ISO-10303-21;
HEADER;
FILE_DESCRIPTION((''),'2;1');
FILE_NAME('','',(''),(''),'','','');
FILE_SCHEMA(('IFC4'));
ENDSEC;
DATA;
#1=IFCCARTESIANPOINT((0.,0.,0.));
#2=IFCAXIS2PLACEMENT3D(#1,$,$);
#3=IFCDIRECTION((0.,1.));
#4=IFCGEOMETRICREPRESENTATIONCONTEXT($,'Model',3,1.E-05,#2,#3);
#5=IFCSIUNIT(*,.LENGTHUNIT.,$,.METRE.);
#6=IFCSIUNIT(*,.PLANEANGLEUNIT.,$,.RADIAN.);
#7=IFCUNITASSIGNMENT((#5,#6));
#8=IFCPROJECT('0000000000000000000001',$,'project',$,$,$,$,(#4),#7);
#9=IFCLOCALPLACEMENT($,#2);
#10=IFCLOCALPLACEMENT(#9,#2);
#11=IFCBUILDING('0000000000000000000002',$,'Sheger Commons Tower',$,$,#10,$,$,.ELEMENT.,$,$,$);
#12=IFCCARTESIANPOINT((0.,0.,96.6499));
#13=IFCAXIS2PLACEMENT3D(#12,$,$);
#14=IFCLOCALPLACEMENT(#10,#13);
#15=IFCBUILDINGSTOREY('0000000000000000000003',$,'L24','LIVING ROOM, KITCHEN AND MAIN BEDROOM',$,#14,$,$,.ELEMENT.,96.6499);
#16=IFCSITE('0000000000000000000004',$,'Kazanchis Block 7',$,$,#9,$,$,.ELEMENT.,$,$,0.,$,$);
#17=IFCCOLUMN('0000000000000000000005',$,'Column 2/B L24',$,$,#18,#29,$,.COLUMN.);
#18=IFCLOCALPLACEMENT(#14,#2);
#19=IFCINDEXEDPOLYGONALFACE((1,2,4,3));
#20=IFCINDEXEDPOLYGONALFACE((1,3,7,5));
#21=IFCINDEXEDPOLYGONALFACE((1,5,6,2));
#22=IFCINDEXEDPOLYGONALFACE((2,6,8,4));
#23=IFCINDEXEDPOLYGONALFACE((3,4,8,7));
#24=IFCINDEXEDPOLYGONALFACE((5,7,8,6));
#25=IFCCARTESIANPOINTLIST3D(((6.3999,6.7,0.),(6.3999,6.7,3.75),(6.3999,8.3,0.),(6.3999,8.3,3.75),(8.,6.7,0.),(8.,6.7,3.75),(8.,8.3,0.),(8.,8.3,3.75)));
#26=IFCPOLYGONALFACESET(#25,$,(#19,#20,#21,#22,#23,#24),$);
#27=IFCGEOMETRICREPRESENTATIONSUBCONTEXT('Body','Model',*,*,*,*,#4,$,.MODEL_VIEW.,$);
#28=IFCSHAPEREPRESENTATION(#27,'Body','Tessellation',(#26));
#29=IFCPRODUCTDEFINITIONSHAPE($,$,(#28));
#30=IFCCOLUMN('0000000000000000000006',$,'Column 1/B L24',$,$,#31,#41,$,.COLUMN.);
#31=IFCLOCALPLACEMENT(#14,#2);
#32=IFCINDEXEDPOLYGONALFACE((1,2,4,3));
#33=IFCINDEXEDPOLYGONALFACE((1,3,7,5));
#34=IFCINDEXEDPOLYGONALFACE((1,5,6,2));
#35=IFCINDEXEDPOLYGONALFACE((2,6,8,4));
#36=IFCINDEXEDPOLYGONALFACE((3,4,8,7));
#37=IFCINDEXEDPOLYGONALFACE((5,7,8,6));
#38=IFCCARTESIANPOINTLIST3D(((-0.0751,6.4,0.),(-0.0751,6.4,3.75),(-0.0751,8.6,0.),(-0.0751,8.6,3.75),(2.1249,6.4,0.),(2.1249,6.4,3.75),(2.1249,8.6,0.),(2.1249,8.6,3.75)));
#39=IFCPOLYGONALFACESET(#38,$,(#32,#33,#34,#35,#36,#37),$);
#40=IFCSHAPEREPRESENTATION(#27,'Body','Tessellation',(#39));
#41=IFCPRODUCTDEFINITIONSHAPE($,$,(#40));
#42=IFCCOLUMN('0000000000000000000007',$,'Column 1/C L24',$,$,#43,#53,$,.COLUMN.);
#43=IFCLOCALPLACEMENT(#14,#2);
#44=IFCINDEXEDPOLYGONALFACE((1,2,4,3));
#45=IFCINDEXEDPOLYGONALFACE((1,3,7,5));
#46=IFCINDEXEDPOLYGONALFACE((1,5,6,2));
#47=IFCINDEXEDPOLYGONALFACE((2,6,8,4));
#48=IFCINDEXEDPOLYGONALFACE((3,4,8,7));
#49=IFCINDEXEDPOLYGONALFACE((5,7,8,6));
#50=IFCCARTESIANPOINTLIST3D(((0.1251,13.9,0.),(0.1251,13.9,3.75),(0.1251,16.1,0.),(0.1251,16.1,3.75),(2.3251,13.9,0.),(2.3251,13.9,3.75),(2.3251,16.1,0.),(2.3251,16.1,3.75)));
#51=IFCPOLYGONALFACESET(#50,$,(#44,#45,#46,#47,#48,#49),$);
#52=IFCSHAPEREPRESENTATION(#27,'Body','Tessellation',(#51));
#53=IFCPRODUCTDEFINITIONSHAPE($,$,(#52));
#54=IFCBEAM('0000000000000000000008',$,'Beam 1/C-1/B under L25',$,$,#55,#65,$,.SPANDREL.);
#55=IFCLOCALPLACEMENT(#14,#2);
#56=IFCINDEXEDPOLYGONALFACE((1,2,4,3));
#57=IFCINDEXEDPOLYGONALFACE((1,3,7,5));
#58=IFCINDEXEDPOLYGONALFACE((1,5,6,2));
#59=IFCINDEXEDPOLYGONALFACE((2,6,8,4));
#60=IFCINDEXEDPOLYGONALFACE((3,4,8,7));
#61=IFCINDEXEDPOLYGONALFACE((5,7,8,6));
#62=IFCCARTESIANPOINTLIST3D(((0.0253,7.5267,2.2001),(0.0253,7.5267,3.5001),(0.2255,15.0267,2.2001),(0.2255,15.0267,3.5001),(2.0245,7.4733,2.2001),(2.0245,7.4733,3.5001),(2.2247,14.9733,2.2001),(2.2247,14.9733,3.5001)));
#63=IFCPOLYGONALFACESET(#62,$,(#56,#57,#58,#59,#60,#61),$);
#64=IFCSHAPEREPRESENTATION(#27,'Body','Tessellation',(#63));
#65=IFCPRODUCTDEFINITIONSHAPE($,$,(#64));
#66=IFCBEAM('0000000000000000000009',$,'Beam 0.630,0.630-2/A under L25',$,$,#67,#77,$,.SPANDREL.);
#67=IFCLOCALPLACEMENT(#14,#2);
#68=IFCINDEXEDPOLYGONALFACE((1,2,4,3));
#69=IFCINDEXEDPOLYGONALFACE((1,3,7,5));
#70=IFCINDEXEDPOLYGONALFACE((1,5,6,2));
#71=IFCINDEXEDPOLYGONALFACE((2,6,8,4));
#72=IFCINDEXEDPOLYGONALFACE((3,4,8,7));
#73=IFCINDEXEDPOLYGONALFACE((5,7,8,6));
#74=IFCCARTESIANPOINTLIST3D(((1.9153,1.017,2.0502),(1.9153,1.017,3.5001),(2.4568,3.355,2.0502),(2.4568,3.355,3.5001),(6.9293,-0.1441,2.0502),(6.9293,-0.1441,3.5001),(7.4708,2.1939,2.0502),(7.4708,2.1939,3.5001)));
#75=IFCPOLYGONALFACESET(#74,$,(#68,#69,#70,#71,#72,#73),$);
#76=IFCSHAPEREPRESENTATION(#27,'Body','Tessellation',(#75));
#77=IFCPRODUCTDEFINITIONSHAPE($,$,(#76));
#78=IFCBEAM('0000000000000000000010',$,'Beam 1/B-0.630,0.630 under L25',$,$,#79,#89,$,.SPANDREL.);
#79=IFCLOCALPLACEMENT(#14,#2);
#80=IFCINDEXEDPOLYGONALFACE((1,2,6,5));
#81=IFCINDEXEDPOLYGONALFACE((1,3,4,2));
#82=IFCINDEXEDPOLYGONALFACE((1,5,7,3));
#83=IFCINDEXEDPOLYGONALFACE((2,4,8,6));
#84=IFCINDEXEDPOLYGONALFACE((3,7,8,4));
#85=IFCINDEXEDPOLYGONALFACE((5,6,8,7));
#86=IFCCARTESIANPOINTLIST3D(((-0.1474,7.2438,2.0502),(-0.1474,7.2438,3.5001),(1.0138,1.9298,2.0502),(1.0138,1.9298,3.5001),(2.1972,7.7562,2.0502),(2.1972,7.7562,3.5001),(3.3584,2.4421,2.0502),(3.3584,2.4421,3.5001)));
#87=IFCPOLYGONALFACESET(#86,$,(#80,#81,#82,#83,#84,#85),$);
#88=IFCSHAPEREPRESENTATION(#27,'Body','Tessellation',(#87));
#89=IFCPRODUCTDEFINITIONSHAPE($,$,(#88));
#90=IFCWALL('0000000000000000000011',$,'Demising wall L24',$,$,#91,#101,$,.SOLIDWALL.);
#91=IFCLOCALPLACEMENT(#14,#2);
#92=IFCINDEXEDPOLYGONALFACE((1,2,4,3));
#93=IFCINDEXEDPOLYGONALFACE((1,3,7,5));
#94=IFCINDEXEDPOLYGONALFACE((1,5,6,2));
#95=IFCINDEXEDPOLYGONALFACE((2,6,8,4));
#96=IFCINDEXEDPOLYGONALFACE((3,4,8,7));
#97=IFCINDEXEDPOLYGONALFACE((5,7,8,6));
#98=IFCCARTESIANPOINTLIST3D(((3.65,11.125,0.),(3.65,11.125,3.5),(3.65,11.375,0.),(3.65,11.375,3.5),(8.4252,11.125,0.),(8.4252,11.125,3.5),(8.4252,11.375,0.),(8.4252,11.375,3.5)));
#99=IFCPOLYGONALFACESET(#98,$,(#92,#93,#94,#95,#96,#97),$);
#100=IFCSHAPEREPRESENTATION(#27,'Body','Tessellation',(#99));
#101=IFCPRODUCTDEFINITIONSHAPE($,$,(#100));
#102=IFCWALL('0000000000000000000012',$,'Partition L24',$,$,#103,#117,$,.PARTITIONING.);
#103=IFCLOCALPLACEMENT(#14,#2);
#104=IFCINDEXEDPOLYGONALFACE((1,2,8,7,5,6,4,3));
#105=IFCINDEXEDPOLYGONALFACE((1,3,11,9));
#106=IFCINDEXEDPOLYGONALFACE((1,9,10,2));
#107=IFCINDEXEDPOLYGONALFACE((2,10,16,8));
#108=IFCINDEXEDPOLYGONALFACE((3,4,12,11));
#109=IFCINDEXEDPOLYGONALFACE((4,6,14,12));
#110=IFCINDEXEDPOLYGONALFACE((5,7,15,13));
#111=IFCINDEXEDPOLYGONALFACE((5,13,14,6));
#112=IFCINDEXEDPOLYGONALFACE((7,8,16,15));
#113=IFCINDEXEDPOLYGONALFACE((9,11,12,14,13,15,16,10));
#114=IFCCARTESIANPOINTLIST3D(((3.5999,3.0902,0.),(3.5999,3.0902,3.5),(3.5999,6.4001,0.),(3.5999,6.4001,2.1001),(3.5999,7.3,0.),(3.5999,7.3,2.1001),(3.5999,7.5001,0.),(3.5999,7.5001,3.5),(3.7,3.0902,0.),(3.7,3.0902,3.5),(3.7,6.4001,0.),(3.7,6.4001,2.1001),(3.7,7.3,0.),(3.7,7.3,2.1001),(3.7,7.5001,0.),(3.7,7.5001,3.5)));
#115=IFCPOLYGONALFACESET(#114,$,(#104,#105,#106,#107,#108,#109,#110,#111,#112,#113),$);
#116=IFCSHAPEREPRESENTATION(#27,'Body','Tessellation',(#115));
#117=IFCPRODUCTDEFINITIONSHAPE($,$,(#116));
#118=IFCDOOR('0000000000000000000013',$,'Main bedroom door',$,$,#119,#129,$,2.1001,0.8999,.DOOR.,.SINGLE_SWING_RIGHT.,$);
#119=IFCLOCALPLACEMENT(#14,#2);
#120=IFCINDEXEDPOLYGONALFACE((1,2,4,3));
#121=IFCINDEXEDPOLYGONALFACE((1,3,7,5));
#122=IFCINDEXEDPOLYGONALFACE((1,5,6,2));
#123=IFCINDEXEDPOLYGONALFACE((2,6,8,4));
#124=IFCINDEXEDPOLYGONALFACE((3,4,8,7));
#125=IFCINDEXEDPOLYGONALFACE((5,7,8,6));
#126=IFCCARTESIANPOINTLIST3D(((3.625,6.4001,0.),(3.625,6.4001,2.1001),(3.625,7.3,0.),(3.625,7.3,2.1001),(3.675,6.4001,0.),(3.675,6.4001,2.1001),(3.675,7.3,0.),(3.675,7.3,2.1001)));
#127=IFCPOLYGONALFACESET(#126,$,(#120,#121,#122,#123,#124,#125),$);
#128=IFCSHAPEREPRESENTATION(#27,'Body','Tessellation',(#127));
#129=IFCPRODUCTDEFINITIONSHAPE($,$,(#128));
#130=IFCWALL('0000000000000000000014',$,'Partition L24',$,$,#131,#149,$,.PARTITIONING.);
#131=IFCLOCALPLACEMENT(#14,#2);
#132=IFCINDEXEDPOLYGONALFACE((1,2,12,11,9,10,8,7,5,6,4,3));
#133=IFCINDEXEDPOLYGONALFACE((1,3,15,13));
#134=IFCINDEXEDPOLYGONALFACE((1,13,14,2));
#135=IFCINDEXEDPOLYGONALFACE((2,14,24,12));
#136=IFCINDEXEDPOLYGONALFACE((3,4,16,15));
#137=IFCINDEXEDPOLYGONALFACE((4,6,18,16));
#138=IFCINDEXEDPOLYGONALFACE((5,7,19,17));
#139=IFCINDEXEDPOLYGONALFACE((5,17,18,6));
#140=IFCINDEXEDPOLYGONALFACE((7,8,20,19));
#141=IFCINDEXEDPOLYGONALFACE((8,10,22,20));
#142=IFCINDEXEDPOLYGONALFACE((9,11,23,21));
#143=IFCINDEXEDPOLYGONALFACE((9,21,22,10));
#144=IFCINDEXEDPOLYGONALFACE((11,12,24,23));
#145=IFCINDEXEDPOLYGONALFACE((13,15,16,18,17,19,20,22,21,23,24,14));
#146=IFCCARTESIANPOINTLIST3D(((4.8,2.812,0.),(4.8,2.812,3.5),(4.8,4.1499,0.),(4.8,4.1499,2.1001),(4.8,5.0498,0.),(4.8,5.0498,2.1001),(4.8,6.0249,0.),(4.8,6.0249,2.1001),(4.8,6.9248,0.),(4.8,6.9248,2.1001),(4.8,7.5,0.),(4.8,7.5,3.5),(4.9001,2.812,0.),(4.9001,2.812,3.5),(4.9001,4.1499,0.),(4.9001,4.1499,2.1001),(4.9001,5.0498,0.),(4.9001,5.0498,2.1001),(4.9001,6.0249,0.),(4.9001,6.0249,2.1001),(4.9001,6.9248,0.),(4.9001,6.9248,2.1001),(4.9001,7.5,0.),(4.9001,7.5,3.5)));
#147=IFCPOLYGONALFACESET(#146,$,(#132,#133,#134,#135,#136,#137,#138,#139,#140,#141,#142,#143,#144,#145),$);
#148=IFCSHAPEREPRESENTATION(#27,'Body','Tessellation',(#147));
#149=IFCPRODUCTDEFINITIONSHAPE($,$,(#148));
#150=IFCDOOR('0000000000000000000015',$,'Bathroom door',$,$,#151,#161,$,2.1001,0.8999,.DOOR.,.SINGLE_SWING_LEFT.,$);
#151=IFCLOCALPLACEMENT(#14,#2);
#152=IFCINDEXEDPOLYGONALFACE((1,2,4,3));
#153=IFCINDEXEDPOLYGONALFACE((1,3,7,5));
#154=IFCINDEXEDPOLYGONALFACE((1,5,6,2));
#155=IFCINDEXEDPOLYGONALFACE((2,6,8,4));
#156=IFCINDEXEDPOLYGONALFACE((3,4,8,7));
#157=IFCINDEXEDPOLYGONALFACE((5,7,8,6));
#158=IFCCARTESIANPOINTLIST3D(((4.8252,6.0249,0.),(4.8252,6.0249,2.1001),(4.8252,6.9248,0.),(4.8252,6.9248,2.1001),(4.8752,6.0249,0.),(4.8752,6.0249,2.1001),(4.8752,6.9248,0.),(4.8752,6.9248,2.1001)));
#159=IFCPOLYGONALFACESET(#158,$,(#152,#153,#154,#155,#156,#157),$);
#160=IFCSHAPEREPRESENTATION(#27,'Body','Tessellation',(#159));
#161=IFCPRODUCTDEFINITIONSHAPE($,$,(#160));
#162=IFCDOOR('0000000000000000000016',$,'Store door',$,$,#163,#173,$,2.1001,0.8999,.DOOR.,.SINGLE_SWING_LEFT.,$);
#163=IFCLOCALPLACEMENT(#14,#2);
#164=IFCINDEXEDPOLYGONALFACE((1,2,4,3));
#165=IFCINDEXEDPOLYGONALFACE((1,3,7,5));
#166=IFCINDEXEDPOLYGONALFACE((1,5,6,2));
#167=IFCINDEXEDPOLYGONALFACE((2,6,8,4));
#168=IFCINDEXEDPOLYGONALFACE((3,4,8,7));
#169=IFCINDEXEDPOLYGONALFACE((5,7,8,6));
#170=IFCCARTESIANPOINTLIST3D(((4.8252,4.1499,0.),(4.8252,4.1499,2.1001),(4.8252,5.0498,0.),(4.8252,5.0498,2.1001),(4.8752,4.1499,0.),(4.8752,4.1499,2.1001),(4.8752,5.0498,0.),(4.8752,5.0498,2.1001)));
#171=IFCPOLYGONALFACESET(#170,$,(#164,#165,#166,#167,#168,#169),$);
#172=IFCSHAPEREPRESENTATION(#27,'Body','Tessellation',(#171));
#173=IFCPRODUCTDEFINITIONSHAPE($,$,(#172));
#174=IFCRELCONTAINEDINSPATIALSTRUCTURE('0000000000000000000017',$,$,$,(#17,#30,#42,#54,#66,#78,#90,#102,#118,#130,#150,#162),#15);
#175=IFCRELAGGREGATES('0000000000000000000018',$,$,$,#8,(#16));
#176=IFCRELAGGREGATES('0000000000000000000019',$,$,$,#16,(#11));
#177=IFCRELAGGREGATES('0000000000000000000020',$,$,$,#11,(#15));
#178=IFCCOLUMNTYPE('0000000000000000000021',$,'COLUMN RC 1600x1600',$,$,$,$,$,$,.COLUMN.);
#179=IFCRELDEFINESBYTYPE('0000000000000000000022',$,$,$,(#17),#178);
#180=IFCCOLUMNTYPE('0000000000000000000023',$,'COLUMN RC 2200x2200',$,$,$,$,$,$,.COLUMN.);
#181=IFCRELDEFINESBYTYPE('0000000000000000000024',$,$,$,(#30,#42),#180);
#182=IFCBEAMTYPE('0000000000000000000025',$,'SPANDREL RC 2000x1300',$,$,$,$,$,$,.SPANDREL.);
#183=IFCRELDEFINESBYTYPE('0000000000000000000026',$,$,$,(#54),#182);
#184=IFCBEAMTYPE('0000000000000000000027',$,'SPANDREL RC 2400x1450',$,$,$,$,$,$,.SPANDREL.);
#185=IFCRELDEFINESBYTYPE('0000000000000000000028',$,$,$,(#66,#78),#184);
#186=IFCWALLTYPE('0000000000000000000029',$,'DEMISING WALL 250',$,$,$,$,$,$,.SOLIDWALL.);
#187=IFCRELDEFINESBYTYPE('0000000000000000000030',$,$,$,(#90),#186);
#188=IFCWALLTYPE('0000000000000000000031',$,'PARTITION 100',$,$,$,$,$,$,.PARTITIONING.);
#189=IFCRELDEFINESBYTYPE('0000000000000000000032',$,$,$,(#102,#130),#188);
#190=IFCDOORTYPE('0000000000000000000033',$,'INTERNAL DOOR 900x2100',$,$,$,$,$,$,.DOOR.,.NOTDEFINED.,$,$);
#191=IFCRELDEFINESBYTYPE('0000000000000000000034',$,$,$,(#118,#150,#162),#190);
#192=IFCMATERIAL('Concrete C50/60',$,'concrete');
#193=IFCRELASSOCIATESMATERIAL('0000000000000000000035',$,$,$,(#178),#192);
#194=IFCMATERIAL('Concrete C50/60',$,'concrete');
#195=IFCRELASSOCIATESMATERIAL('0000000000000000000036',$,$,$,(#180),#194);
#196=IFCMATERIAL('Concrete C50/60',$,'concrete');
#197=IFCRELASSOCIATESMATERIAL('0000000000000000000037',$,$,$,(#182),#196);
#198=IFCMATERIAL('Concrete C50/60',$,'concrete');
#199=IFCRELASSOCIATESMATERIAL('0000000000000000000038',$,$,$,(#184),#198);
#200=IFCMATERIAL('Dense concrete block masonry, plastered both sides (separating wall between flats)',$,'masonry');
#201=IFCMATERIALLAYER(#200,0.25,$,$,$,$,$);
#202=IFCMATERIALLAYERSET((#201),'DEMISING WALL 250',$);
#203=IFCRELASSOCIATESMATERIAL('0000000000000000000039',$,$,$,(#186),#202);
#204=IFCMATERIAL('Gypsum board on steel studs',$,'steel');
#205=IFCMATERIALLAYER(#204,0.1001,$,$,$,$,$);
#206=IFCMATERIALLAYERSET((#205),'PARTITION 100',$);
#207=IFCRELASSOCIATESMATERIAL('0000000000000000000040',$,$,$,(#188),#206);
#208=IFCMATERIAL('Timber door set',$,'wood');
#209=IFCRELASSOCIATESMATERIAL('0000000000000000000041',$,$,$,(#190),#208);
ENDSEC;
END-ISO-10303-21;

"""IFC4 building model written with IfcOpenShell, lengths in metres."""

from ifc_helpers import new_model, si_unit, direction, frame, frame_2d, origin, origin_2d, place, context, subcontext, project, spatial, rectangle, extrude, material, layer, layer_set, material_profile, profile_set, type_object, element, fill, save


model = new_model("IFC4")

# Units and contexts
model_context = context("Model", 3, precision=1e-05, world=origin(), true_north=direction((0.0, 1.0)))
body_context = subcontext(model_context, "Body", "Model", "MODEL_VIEW")
ifc_project = project(units=[si_unit("LENGTHUNIT", "METRE"), si_unit("PLANEANGLEUNIT", "RADIAN")], contexts=[model_context])

# Site, building, storey
site_placement = place(None, origin())
site = spatial("IfcSite", under=ifc_project, at=site_placement, Name="Kazanchis Block 7", CompositionType="ELEMENT", RefElevation=0.0)
building_placement = place(site_placement, origin())
building = spatial("IfcBuilding", under=site, at=building_placement, Name="Sheger Commons Tower", CompositionType="ELEMENT")
storey_placement = place(building_placement, frame((0.0, 0.0, 96.6499)))
storey = spatial("IfcBuildingStorey", under=building, at=storey_placement, Name="L24", Description="LIVING ROOM, KITCHEN AND MAIN BEDROOM", CompositionType="ELEMENT", Elevation=96.6499)

# Columns
ifc_material_1 = material(Name="Concrete C50/60", Category="concrete")
ifc_material_profile_1 = material_profile(ifc_material_1, rectangle(XDim=1.6001, YDim=1.6001, at=origin_2d()), Name="RC 1600x1600")
ifc_profile_set_1 = profile_set([ifc_material_profile_1], Name="Concrete C50/60")
column_type_1 = type_object("IfcColumnType", Name="COLUMN RC 1600x1600", PredefinedType="COLUMN", material=ifc_profile_set_1)
column_placement = place(storey_placement, frame((7.2, 7.5, 0.0), z_axis=(0.0, 0.0, 1.0), x_axis=(1.0, 0.0, 0.0)))
element("IfcColumn", 1, at=column_placement, inside=storey, type_object=column_type_1, Name="Column 2/B L24", PredefinedType="COLUMN", context=body_context, shape_type="SweptSolid", body=[
    extrude(rectangle(XDim=1.6001, YDim=1.6001, at=origin_2d()), origin(), (0.0, 0.0, 1.0), 3.75),
])
ifc_material_2 = material(Name="Concrete C50/60", Category="concrete")
ifc_material_profile_2 = material_profile(ifc_material_2, rectangle(XDim=2.2, YDim=2.2, at=origin_2d()), Name="RC 2200x2200")
ifc_profile_set_2 = profile_set([ifc_material_profile_2], Name="Concrete C50/60")
column_type_2 = type_object("IfcColumnType", Name="COLUMN RC 2200x2200", PredefinedType="COLUMN", material=ifc_profile_set_2)
for number, where, z_axis, x_axis, name in (
    (2, (1.0249, 7.5, 0.0), (0.0, 0.0, 1.0), (1.0, 0.0, 0.0), "Column 1/B L24"),
    (3, (1.2251, 15.0, 0.0), (0.0, 0.0, 1.0), (1.0, 0.0, 0.0), "Column 1/C L24"),
):
    element("IfcColumn", number, at=place(storey_placement, frame(where, z_axis=z_axis, x_axis=x_axis)), inside=storey, type_object=column_type_2, Name=name, PredefinedType="COLUMN", context=body_context, shape_type="SweptSolid", body=[
        extrude(rectangle(XDim=2.2, YDim=2.2, at=origin_2d()), origin(), (0.0, 0.0, 1.0), 3.75),
    ])

# Beams
ifc_material_3 = material(Name="Concrete C50/60", Category="concrete")
ifc_material_profile_3 = material_profile(ifc_material_3, rectangle(XDim=2.0, YDim=1.3, at=origin_2d()), Name="RC 2000x1300")
ifc_profile_set_3 = profile_set([ifc_material_profile_3], Name="Concrete C50/60")
beam_type_1 = type_object("IfcBeamType", Name="SPANDREL RC 2000x1300", PredefinedType="SPANDREL", material=ifc_profile_set_3)
beam_1_placement = place(storey_placement, frame((1.2251, 15.0, 2.8501), z_axis=(-0.026683, -0.999644, 0.0), x_axis=(0.999644, -0.026683, 0.0)))
element("IfcBeam", 4, at=beam_1_placement, inside=storey, type_object=beam_type_1, Name="Beam 1/C-1/B under L25", PredefinedType="SPANDREL", context=body_context, shape_type="SweptSolid", body=[
    extrude(rectangle(XDim=2.0, YDim=1.3, at=origin_2d()), origin(), (0.0, 0.0, 1.0), 7.5027),
])
ifc_material_4 = material(Name="Concrete C50/60", Category="concrete")
ifc_material_profile_4 = material_profile(ifc_material_4, rectangle(XDim=2.3999, YDim=1.45, at=origin_2d()), Name="RC 2400x1450")
ifc_profile_set_4 = profile_set([ifc_material_profile_4], Name="Concrete C50/60")
beam_type_2 = type_object("IfcBeamType", Name="SPANDREL RC 2400x1450", PredefinedType="SPANDREL", material=ifc_profile_set_4)
beam_2_placement = place(storey_placement, frame((2.186, 2.186, 2.7751), z_axis=(0.974217, -0.225611, 0.0), x_axis=(0.225611, 0.974217, 0.0)))
element("IfcBeam", 5, at=beam_2_placement, inside=storey, type_object=beam_type_2, Name="Beam 0.630,0.630-2/A under L25", PredefinedType="SPANDREL", context=body_context, shape_type="SweptSolid", body=[
    extrude(rectangle(XDim=2.3999, YDim=1.45, at=origin_2d()), origin(), (0.0, 0.0, 1.0), 5.1467),
])
beam_3_placement = place(storey_placement, frame((1.0249, 7.5, 2.7751), z_axis=(0.213469, -0.97695, 0.0), x_axis=(0.97695, 0.213469, 0.0)))
element("IfcBeam", 6, at=beam_3_placement, inside=storey, type_object=beam_type_2, Name="Beam 1/B-0.630,0.630 under L25", PredefinedType="SPANDREL", context=body_context, shape_type="SweptSolid", body=[
    extrude(rectangle(XDim=2.3999, YDim=1.45, at=origin_2d()), origin(), (0.0, 0.0, 1.0), 5.4395),
])

# Wall
ifc_material_5 = material(Name="Dense concrete block masonry, plastered both sides (separating wall between flats)", Category="masonry")
ifc_layer_1 = layer(ifc_material_5, 0.25)
ifc_layer_set_1 = layer_set([ifc_layer_1], Name="DEMISING WALL 250")
wall_type_1 = type_object("IfcWallType", Name="DEMISING WALL 250", PredefinedType="SOLIDWALL", material=ifc_layer_set_1)
wall_1_placement = place(storey_placement, frame((3.6499, 11.25, 0.0), z_axis=(0.0, 0.0, 1.0), x_axis=(1.0, 0.0, 0.0)))
element("IfcWall", 7, at=wall_1_placement, inside=storey, type_object=wall_type_1, Name="Demising wall L24", PredefinedType="SOLIDWALL", context=body_context, shape_type="SweptSolid", body=[
    extrude(rectangle(XDim=4.7751, YDim=0.25, at=frame_2d((2.3877, 0.0))), origin(), (0.0, 0.0, 1.0), 3.5),
])

# Wall, opening, door
ifc_material_6 = material(Name="Gypsum board on steel studs", Category="steel")
ifc_layer_2 = layer(ifc_material_6, 0.1001)
ifc_layer_set_2 = layer_set([ifc_layer_2], Name="PARTITION 100")
wall_type_2 = type_object("IfcWallType", Name="PARTITION 100", PredefinedType="PARTITIONING", material=ifc_layer_set_2)
wall_2_placement = place(storey_placement, frame((3.6499, 3.0901, 0.0), z_axis=(0.0, 0.0, 1.0), x_axis=(0.0, 1.0, 0.0)))
wall_2 = element("IfcWall", 8, at=wall_2_placement, inside=storey, type_object=wall_type_2, Name="Partition L24", PredefinedType="PARTITIONING", context=body_context, shape_type="SweptSolid", body=[
    extrude(rectangle(XDim=4.4099, YDim=0.1001, at=frame_2d((2.2051, 0.0))), origin(), (0.0, 0.0, 1.0), 3.5),
])
opening_1_placement = place(wall_2_placement, frame((3.3101, 0.0, 0.0)))
opening_1 = element("IfcOpeningElement", 9, at=opening_1_placement, cuts=wall_2, PredefinedType="OPENING", context=body_context, shape_type="SweptSolid", body=[
    extrude(rectangle(XDim=0.8999, YDim=2.1001, at=frame_2d((0.45, 1.05))), frame((0.0, 0.0601, 0.0), z_axis=(0.0, -1.0, 0.0), x_axis=(1.0, 0.0, 0.0)), (0.0, 0.0, 1.0), 0.1201),
])
ifc_material_7 = material(Name="Timber door set", Category="wood")
door_type = type_object("IfcDoorType", Name="INTERNAL DOOR 900x2100", OperationType="NOTDEFINED", PredefinedType="DOOR", material=ifc_material_7)
door_1_placement = place(opening_1_placement, origin())
door_1 = element("IfcDoor", 10, at=door_1_placement, inside=storey, type_object=door_type, Name="Main bedroom door", OperationType="SINGLE_SWING_RIGHT", OverallHeight=2.1001, OverallWidth=0.8999, PredefinedType="DOOR", context=body_context, shape_type="SweptSolid", body=[
    extrude(rectangle(XDim=0.8999, YDim=2.1001, at=frame_2d((0.45, 1.05))), frame((0.0, 0.0249, 0.0), z_axis=(0.0, -1.0, 0.0), x_axis=(1.0, 0.0, 0.0)), (0.0, 0.0, 1.0), 0.05),
])
fill(opening_1, door_1)

# Wall, openings, doors
wall_3_placement = place(storey_placement, frame((4.8501, 2.812, 0.0), z_axis=(0.0, 0.0, 1.0), x_axis=(0.0, 1.0, 0.0)))
wall_3 = element("IfcWall", 11, at=wall_3_placement, inside=storey, type_object=wall_type_2, Name="Partition L24", PredefinedType="PARTITIONING", context=body_context, shape_type="SweptSolid", body=[
    extrude(rectangle(XDim=4.688, YDim=0.1001, at=frame_2d((2.344, 0.0))), origin(), (0.0, 0.0, 1.0), 3.5),
])
opening_2_placement = place(wall_3_placement, frame((3.2129, 0.0, 0.0)))
opening_2 = element("IfcOpeningElement", 12, at=opening_2_placement, cuts=wall_3, PredefinedType="OPENING", context=body_context, shape_type="SweptSolid", body=[
    extrude(rectangle(XDim=0.8999, YDim=2.1001, at=frame_2d((0.45, 1.05))), frame((0.0, 0.0601, 0.0), z_axis=(0.0, -1.0, 0.0), x_axis=(1.0, 0.0, 0.0)), (0.0, 0.0, 1.0), 0.1201),
])
opening_3_placement = place(wall_3_placement, frame((1.3379, 0.0, 0.0)))
opening_3 = element("IfcOpeningElement", 13, at=opening_3_placement, cuts=wall_3, PredefinedType="OPENING", context=body_context, shape_type="SweptSolid", body=[
    extrude(rectangle(XDim=0.8999, YDim=2.1001, at=frame_2d((0.45, 1.05))), frame((0.0, 0.0601, 0.0), z_axis=(0.0, -1.0, 0.0), x_axis=(1.0, 0.0, 0.0)), (0.0, 0.0, 1.0), 0.1201),
])
door_2_placement = place(opening_2_placement, origin())
door_2 = element("IfcDoor", 14, at=door_2_placement, inside=storey, type_object=door_type, Name="Bathroom door", OperationType="SINGLE_SWING_LEFT", OverallHeight=2.1001, OverallWidth=0.8999, PredefinedType="DOOR", context=body_context, shape_type="SweptSolid", body=[
    extrude(rectangle(XDim=0.8999, YDim=2.1001, at=frame_2d((0.45, 1.05))), frame((0.0, 0.0249, 0.0), z_axis=(0.0, -1.0, 0.0), x_axis=(1.0, 0.0, 0.0)), (0.0, 0.0, 1.0), 0.05),
])
fill(opening_2, door_2)
door_3_placement = place(opening_3_placement, origin())
door_3 = element("IfcDoor", 15, at=door_3_placement, inside=storey, type_object=door_type, Name="Store door", OperationType="SINGLE_SWING_LEFT", OverallHeight=2.1001, OverallWidth=0.8999, PredefinedType="DOOR", context=body_context, shape_type="SweptSolid", body=[
    extrude(rectangle(XDim=0.8999, YDim=2.1001, at=frame_2d((0.45, 1.05))), frame((0.0, 0.0249, 0.0), z_axis=(0.0, -1.0, 0.0), x_axis=(1.0, 0.0, 0.0)), (0.0, 0.0, 1.0), 0.05),
])
fill(opening_3, door_3)

save(model, "model.ifc")
